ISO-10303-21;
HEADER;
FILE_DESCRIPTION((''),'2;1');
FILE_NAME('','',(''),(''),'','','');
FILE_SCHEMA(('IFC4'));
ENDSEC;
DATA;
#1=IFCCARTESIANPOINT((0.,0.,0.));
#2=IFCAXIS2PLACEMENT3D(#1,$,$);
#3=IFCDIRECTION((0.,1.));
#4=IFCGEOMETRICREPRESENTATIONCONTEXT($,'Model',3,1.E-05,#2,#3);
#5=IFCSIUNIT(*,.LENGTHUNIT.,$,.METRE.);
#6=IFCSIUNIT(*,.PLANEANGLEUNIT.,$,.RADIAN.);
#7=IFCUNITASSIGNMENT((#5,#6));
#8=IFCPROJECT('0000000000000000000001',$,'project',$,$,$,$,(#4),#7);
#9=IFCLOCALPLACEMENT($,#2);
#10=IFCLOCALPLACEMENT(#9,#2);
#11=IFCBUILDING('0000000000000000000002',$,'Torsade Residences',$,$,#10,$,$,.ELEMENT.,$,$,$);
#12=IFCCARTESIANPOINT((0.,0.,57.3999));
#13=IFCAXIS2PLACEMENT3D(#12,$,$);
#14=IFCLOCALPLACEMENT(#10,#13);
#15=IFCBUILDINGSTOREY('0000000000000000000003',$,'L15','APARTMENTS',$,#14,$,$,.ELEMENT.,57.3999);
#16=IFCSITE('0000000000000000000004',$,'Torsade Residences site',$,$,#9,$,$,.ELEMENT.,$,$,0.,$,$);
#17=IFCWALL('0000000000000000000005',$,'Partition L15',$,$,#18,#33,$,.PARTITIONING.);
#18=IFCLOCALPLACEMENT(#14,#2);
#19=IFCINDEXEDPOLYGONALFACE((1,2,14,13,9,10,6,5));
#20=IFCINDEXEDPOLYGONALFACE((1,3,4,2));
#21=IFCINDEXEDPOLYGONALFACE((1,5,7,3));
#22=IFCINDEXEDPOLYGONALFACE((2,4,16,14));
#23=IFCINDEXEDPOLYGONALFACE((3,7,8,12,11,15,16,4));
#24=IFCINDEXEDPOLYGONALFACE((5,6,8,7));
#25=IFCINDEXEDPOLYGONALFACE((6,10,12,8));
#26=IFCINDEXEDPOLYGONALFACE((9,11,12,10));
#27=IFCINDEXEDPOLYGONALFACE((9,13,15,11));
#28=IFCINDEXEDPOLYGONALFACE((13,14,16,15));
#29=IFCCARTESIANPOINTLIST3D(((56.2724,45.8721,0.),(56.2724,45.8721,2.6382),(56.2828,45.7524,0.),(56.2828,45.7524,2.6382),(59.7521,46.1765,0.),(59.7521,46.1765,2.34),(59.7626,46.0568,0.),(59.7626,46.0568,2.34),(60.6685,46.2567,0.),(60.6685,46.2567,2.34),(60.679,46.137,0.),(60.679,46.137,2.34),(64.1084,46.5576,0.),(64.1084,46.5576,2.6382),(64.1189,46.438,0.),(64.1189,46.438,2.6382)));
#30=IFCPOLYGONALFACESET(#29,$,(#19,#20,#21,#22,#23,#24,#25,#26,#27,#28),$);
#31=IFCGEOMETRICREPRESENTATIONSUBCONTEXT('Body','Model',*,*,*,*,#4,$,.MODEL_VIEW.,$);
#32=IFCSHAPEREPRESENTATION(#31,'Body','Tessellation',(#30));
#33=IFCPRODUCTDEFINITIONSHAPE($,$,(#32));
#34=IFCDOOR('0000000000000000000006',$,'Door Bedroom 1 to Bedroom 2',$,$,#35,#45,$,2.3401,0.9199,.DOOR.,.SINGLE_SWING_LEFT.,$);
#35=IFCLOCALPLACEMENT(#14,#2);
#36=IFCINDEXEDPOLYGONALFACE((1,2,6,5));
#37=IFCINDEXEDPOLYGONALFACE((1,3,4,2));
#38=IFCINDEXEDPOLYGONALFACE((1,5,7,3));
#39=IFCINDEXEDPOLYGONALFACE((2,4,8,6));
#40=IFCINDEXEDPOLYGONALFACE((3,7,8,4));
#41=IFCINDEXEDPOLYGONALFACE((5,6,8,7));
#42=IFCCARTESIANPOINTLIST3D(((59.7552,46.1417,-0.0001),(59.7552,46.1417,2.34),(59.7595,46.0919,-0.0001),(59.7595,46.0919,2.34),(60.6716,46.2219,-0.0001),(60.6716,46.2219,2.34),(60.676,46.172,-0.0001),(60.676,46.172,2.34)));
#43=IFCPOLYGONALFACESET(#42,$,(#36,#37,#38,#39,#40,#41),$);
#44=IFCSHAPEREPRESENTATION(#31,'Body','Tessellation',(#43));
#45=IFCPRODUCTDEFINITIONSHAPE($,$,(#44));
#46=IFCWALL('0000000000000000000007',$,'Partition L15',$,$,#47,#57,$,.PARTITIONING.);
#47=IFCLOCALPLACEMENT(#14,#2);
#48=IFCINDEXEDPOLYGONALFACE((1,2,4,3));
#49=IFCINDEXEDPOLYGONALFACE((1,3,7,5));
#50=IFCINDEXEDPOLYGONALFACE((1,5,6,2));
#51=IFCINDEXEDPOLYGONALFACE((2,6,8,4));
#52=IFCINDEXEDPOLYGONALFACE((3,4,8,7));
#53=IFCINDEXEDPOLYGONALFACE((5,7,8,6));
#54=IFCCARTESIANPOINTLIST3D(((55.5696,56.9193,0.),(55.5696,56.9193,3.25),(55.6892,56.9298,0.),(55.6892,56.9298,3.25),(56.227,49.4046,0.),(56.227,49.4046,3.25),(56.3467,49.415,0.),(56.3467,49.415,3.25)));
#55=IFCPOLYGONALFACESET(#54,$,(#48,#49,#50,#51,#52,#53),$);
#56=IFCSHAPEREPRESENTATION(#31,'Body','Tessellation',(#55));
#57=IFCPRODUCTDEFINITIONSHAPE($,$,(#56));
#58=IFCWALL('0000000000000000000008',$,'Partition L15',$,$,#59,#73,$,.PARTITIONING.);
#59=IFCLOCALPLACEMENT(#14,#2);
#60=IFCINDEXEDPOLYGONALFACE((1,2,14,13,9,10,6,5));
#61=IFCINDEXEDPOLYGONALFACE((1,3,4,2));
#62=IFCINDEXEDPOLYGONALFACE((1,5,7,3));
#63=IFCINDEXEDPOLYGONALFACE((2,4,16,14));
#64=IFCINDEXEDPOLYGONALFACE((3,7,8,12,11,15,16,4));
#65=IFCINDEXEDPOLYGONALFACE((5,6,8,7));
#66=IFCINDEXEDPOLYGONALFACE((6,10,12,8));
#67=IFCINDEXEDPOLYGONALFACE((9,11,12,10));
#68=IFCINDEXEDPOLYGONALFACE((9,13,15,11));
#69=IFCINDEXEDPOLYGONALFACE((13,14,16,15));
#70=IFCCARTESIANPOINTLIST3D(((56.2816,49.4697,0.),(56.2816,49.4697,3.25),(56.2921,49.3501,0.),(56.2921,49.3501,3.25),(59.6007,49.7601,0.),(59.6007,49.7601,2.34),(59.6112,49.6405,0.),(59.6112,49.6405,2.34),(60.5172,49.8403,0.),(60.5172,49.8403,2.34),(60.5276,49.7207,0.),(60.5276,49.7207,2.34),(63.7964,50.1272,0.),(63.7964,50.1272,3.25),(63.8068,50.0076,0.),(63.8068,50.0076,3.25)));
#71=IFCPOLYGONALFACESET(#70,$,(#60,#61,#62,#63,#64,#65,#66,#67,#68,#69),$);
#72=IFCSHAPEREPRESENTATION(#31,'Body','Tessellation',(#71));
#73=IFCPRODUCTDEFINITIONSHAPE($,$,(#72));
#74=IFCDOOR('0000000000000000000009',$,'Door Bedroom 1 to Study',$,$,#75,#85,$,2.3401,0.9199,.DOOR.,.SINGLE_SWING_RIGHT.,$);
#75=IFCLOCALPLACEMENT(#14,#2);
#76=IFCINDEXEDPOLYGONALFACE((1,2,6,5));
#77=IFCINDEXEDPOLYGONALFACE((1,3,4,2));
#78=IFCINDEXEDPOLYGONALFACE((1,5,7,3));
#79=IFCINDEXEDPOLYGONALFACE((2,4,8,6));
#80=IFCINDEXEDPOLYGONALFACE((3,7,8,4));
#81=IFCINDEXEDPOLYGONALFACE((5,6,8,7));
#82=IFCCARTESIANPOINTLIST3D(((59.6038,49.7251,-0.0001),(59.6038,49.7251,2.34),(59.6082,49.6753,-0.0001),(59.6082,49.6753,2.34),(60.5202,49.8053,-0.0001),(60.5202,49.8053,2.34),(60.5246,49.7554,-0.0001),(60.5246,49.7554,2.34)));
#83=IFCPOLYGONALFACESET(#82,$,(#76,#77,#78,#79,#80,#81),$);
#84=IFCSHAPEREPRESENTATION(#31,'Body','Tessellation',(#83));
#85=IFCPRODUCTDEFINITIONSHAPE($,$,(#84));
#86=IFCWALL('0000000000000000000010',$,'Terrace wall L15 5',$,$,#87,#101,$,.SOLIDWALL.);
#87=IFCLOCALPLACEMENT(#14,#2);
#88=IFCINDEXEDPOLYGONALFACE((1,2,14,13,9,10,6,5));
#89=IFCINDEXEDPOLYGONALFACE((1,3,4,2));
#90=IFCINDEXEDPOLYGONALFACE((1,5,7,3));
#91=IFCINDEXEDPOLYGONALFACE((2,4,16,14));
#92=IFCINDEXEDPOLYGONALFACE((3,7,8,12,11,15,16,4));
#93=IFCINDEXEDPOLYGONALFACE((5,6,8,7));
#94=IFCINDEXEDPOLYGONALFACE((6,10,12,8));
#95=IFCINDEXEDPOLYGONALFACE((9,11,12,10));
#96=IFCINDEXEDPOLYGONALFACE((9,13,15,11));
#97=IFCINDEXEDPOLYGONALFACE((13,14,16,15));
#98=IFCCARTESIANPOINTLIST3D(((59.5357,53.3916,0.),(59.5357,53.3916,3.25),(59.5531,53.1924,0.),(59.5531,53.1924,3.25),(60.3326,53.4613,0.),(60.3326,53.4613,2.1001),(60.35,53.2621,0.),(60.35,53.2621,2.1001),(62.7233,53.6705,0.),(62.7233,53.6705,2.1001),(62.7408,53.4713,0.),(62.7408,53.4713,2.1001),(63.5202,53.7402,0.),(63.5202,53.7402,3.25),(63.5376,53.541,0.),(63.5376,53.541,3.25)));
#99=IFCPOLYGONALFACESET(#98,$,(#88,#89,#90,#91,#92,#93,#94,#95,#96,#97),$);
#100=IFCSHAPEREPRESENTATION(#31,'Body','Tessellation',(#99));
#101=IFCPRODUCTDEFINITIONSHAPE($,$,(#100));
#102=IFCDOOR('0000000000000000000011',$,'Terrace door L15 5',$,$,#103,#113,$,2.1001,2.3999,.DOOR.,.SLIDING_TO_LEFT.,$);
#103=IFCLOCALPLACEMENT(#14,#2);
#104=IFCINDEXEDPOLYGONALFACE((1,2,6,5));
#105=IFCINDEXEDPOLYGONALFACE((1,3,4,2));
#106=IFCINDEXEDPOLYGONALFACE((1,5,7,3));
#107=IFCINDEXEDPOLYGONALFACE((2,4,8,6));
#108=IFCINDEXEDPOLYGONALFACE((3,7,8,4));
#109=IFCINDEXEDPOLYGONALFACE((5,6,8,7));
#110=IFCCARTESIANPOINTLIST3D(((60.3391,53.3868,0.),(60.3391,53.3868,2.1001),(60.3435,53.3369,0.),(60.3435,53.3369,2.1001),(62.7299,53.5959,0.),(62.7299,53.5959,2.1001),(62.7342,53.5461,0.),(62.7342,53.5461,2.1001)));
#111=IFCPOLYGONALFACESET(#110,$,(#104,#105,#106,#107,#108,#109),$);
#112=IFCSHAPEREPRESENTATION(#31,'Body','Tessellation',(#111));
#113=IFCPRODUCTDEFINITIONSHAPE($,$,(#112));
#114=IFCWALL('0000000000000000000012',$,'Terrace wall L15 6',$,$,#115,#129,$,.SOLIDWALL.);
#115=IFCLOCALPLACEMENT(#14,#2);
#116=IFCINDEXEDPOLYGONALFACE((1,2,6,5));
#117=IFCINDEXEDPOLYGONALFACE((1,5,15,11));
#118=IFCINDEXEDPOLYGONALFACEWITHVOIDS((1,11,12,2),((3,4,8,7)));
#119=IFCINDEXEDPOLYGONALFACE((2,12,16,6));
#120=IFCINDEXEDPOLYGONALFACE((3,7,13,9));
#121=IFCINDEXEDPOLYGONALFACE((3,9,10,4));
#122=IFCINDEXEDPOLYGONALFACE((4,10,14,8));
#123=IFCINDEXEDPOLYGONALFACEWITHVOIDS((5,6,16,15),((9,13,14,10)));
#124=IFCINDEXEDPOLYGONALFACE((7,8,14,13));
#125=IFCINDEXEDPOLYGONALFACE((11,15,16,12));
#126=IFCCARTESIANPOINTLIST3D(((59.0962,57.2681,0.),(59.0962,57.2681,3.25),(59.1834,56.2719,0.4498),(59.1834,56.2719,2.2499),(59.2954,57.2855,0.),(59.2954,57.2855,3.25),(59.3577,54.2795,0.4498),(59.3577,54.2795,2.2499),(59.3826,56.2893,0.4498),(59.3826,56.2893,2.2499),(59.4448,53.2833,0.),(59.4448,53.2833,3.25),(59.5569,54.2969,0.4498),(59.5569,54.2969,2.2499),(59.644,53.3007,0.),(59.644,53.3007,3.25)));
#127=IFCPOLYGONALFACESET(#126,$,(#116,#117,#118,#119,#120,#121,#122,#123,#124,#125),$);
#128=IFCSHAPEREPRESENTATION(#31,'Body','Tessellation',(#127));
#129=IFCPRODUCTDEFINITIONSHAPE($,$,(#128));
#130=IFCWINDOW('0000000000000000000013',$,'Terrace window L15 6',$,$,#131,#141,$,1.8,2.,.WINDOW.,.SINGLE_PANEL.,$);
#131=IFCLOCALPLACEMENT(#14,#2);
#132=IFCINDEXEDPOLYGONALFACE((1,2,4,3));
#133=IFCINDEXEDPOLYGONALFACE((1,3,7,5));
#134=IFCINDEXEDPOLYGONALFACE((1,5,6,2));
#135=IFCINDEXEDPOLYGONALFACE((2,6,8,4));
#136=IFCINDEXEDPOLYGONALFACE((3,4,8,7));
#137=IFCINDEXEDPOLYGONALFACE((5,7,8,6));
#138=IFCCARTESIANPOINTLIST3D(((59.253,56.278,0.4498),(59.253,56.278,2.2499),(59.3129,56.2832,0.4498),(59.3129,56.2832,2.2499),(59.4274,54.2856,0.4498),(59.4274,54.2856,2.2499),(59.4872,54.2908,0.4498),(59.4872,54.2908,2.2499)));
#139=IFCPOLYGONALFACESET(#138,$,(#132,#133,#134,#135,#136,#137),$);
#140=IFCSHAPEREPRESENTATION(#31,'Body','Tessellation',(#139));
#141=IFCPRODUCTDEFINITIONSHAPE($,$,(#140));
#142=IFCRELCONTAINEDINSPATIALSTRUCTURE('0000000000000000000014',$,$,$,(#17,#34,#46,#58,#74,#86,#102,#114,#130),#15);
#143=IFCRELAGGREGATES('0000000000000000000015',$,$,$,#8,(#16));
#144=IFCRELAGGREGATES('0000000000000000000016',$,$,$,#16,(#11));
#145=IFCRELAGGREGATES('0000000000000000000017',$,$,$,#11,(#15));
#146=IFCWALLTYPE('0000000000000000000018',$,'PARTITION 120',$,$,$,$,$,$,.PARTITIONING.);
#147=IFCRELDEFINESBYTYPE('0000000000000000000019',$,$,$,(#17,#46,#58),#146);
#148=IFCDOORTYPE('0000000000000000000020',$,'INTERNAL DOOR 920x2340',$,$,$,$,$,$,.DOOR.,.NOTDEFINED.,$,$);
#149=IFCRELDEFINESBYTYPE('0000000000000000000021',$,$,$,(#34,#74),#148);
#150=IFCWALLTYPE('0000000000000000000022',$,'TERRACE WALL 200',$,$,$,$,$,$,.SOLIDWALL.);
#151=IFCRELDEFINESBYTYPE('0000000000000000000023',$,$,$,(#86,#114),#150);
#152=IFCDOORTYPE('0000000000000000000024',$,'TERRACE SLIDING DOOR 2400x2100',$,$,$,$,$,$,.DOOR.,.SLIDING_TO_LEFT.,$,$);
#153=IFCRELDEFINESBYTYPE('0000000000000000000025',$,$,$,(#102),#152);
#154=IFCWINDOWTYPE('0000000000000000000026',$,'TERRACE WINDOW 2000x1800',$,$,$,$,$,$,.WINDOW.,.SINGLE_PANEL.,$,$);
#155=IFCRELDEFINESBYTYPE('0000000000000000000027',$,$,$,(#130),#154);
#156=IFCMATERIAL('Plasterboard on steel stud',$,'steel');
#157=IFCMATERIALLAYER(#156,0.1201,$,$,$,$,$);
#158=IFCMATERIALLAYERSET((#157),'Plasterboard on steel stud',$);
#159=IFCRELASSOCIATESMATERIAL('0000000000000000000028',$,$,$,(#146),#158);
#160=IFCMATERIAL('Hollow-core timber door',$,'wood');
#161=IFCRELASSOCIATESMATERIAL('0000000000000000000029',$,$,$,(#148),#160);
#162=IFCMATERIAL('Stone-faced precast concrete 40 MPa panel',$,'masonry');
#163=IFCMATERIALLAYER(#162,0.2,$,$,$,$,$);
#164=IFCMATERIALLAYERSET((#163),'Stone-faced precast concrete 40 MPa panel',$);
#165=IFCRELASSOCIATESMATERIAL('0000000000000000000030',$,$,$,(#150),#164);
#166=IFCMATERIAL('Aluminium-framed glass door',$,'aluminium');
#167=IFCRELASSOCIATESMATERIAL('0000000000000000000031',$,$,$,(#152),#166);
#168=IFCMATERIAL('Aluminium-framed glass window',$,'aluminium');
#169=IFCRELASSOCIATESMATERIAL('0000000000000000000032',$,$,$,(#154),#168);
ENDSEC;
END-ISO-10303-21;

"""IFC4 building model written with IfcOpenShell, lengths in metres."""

from ifc_helpers import new_model, si_unit, direction, frame, frame_2d, origin, place, context, subcontext, project, spatial, rectangle, extrude, material, layer, layer_set, type_object, element, fill, save


model = new_model("IFC4")

# Units and contexts
model_context = context("Model", 3, precision=1e-05, world=origin(), true_north=direction((0.0, 1.0)))
body_context = subcontext(model_context, "Body", "Model", "MODEL_VIEW")
ifc_project = project(units=[si_unit("LENGTHUNIT", "METRE"), si_unit("PLANEANGLEUNIT", "RADIAN")], contexts=[model_context])

# Site, building, storey
site_placement = place(None, origin())
site = spatial("IfcSite", under=ifc_project, at=site_placement, Name="Torsade Residences site", CompositionType="ELEMENT", RefElevation=0.0)
building_placement = place(site_placement, origin())
building = spatial("IfcBuilding", under=site, at=building_placement, Name="Torsade Residences", CompositionType="ELEMENT")
storey_placement = place(building_placement, frame((0.0, 0.0, 57.3999)))
storey = spatial("IfcBuildingStorey", under=building, at=storey_placement, Name="L15", Description="APARTMENTS", CompositionType="ELEMENT", Elevation=57.3999)

# Wall, opening, door
ifc_material_1 = material(Name="Plasterboard on steel stud", Category="steel")
ifc_layer_1 = layer(ifc_material_1, 0.1201)
ifc_layer_set_1 = layer_set([ifc_layer_1], Name="Plasterboard on steel stud")
wall_type_1 = type_object("IfcWallType", Name="PARTITION 120", PredefinedType="PARTITIONING", material=ifc_layer_set_1)
ifc_material_2 = material(Name="Hollow-core timber door", Category="wood")
door_type_1 = type_object("IfcDoorType", Name="INTERNAL DOOR 920x2340", OperationType="NOTDEFINED", PredefinedType="DOOR", material=ifc_material_2)
wall_1_placement = place(storey_placement, frame((64.1138, 46.4978, 0.0), z_axis=(0.0, 0.0, 1.0), x_axis=(-0.996195, -0.087155, 0.0)))
wall_1 = element("IfcWall", 1, at=wall_1_placement, inside=storey, type_object=wall_type_1, Name="Partition L15", PredefinedType="PARTITIONING", context=body_context, shape_type="SweptSolid", body=[
    extrude(rectangle(XDim=7.866, YDim=0.1201, at=frame_2d((3.9331, 0.0))), origin(), (0.0, 0.0, 1.0), 2.6382),
])
opening_1_placement = place(wall_1_placement, frame((3.4531, 0.0, 0.0)))
opening_1 = element("IfcOpeningElement", 2, at=opening_1_placement, cuts=wall_1, PredefinedType="OPENING", context=body_context, shape_type="SweptSolid", body=[
    extrude(rectangle(XDim=0.9199, YDim=2.3401, at=frame_2d((0.46, 1.1699))), frame((0.0, 0.0701, 0.0), z_axis=(0.0, -1.0, 0.0), x_axis=(1.0, 0.0, 0.0)), (0.0, 0.0, 1.0), 0.1401),
])
door_1_placement = place(opening_1_placement, origin())
door_1 = element("IfcDoor", 3, at=door_1_placement, inside=storey, type_object=door_type_1, Name="Door Bedroom 1 to Bedroom 2", OperationType="SINGLE_SWING_LEFT", OverallHeight=2.3401, OverallWidth=0.9199, PredefinedType="DOOR", context=body_context, shape_type="SweptSolid", body=[
    extrude(rectangle(XDim=0.9199, YDim=2.3401, at=frame_2d((0.46, 1.1699))), frame((0.0, 0.0249, 0.0), z_axis=(0.0, -1.0, 0.0), x_axis=(1.0, 0.0, 0.0)), (0.0, 0.0, 1.0), 0.05),
])
fill(opening_1, door_1)

# Wall
wall_2_placement = place(storey_placement, frame((55.6294, 56.9246, 0.0), z_axis=(0.0, 0.0, 1.0), x_axis=(0.087159, -0.996194, 0.0)))
element("IfcWall", 4, at=wall_2_placement, inside=storey, type_object=wall_type_1, Name="Partition L15", PredefinedType="PARTITIONING", context=body_context, shape_type="SweptSolid", body=[
    extrude(rectangle(XDim=7.5435, YDim=0.1201, at=frame_2d((3.7717, 0.0))), origin(), (0.0, 0.0, 1.0), 3.25),
])

# Walls, openings, doors
wall_3_placement = place(storey_placement, frame((56.2869, 49.4099, 0.0), z_axis=(0.0, 0.0, 1.0), x_axis=(0.996194, 0.087159, 0.0)))
wall_3 = element("IfcWall", 5, at=wall_3_placement, inside=storey, type_object=wall_type_1, Name="Partition L15", PredefinedType="PARTITIONING", context=body_context, shape_type="SweptSolid", body=[
    extrude(rectangle(XDim=7.5435, YDim=0.1201, at=frame_2d((3.7717, 0.0))), origin(), (0.0, 0.0, 1.0), 3.25),
])
opening_2_placement = place(wall_3_placement, frame((3.3318, 0.0, 0.0)))
opening_2 = element("IfcOpeningElement", 6, at=opening_2_placement, cuts=wall_3, PredefinedType="OPENING", context=body_context, shape_type="SweptSolid", body=[
    extrude(rectangle(XDim=0.9199, YDim=2.3401, at=frame_2d((0.46, 1.1699))), frame((0.0, 0.0701, 0.0), z_axis=(0.0, -1.0, 0.0), x_axis=(1.0, 0.0, 0.0)), (0.0, 0.0, 1.0), 0.1401),
])
door_2_placement = place(opening_2_placement, origin())
door_2 = element("IfcDoor", 7, at=door_2_placement, inside=storey, type_object=door_type_1, Name="Door Bedroom 1 to Study", OperationType="SINGLE_SWING_RIGHT", OverallHeight=2.3401, OverallWidth=0.9199, PredefinedType="DOOR", context=body_context, shape_type="SweptSolid", body=[
    extrude(rectangle(XDim=0.9199, YDim=2.3401, at=frame_2d((0.46, 1.1699))), frame((0.0, 0.0249, 0.0), z_axis=(0.0, -1.0, 0.0), x_axis=(1.0, 0.0, 0.0)), (0.0, 0.0, 1.0), 0.05),
])
fill(opening_2, door_2)
ifc_material_3 = material(Name="Stone-faced precast concrete 40 MPa panel", Category="masonry")
ifc_layer_2 = layer(ifc_material_3, 0.2)
ifc_layer_set_2 = layer_set([ifc_layer_2], Name="Stone-faced precast concrete 40 MPa panel")
wall_type_2 = type_object("IfcWallType", Name="TERRACE WALL 200", PredefinedType="SOLIDWALL", material=ifc_layer_set_2)
wall_4_placement = place(storey_placement, frame((63.5291, 53.6406, 0.0), z_axis=(0.0, 0.0, 1.0), x_axis=(-0.996194, -0.087162, 0.0)))
wall_4 = element("IfcWall", 8, at=wall_4_placement, inside=storey, type_object=wall_type_2, Name="Terrace wall L15 5", PredefinedType="SOLIDWALL", context=body_context, shape_type="SweptSolid", body=[
    extrude(rectangle(XDim=3.9998, YDim=0.2, at=frame_2d((2.0, 0.0))), origin(), (0.0, 0.0, 1.0), 3.25),
])
opening_3_placement = place(wall_4_placement, frame((0.8, 0.0, 0.0)))
opening_3 = element("IfcOpeningElement", 9, at=opening_3_placement, cuts=wall_4, PredefinedType="OPENING", context=body_context, shape_type="SweptSolid", body=[
    extrude(rectangle(XDim=2.3999, YDim=2.1001, at=frame_2d((1.2, 1.05))), frame((0.0, 0.1099, 0.0), z_axis=(0.0, -1.0, 0.0), x_axis=(1.0, 0.0, 0.0)), (0.0, 0.0, 1.0), 0.22),
])
ifc_material_4 = material(Name="Aluminium-framed glass door", Category="aluminium")
door_type_2 = type_object("IfcDoorType", Name="TERRACE SLIDING DOOR 2400x2100", OperationType="SLIDING_TO_LEFT", PredefinedType="DOOR", material=ifc_material_4)
door_3_placement = place(opening_3_placement, origin())
door_3 = element("IfcDoor", 10, at=door_3_placement, inside=storey, type_object=door_type_2, Name="Terrace door L15 5", OperationType="SLIDING_TO_LEFT", OverallHeight=2.1001, OverallWidth=2.3999, PredefinedType="DOOR", context=body_context, shape_type="SweptSolid", body=[
    extrude(rectangle(XDim=2.3999, YDim=2.1001, at=frame_2d((1.2, 1.05))), frame((0.0, 0.0249, 0.0), z_axis=(0.0, -1.0, 0.0), x_axis=(1.0, 0.0, 0.0)), (0.0, 0.0, 1.0), 0.05),
])
fill(opening_3, door_3)

# Wall, opening, window
wall_5_placement = place(storey_placement, frame((59.5444, 53.292, 0.0), z_axis=(0.0, 0.0, 1.0), x_axis=(-0.087156, 0.996195, 0.0)))
wall_5 = element("IfcWall", 11, at=wall_5_placement, inside=storey, type_object=wall_type_2, Name="Terrace wall L15 6", PredefinedType="SOLIDWALL", context=body_context, shape_type="SweptSolid", body=[
    extrude(rectangle(XDim=4.0, YDim=0.2, at=frame_2d((2.0, 0.0))), origin(), (0.0, 0.0, 1.0), 3.25),
])
opening_4_placement = place(wall_5_placement, frame((1.0, 0.0, 0.45)))
opening_4 = element("IfcOpeningElement", 12, at=opening_4_placement, cuts=wall_5, PredefinedType="OPENING", context=body_context, shape_type="SweptSolid", body=[
    extrude(rectangle(XDim=2.0, YDim=1.8, at=frame_2d((1.0, 0.8999))), frame((0.0, 0.1099, 0.0), z_axis=(0.0, -1.0, 0.0), x_axis=(1.0, 0.0, 0.0)), (0.0, 0.0, 1.0), 0.22),
])
ifc_material_5 = material(Name="Aluminium-framed glass window", Category="aluminium")
window_type = type_object("IfcWindowType", Name="TERRACE WINDOW 2000x1800", PartitioningType="SINGLE_PANEL", PredefinedType="WINDOW", material=ifc_material_5)
window_placement = place(opening_4_placement, origin())
window = element("IfcWindow", 13, at=window_placement, inside=storey, type_object=window_type, Name="Terrace window L15 6", OverallHeight=1.8, OverallWidth=2.0, PartitioningType="SINGLE_PANEL", PredefinedType="WINDOW", context=body_context, shape_type="SweptSolid", body=[
    extrude(rectangle(XDim=2.0, YDim=1.8, at=frame_2d((1.0, 0.8999))), frame((0.0, 0.03, 0.0), z_axis=(0.0, -1.0, 0.0), x_axis=(1.0, 0.0, 0.0)), (0.0, 0.0, 1.0), 0.0601),
])
fill(opening_4, window)

save(model, "model.ifc")
